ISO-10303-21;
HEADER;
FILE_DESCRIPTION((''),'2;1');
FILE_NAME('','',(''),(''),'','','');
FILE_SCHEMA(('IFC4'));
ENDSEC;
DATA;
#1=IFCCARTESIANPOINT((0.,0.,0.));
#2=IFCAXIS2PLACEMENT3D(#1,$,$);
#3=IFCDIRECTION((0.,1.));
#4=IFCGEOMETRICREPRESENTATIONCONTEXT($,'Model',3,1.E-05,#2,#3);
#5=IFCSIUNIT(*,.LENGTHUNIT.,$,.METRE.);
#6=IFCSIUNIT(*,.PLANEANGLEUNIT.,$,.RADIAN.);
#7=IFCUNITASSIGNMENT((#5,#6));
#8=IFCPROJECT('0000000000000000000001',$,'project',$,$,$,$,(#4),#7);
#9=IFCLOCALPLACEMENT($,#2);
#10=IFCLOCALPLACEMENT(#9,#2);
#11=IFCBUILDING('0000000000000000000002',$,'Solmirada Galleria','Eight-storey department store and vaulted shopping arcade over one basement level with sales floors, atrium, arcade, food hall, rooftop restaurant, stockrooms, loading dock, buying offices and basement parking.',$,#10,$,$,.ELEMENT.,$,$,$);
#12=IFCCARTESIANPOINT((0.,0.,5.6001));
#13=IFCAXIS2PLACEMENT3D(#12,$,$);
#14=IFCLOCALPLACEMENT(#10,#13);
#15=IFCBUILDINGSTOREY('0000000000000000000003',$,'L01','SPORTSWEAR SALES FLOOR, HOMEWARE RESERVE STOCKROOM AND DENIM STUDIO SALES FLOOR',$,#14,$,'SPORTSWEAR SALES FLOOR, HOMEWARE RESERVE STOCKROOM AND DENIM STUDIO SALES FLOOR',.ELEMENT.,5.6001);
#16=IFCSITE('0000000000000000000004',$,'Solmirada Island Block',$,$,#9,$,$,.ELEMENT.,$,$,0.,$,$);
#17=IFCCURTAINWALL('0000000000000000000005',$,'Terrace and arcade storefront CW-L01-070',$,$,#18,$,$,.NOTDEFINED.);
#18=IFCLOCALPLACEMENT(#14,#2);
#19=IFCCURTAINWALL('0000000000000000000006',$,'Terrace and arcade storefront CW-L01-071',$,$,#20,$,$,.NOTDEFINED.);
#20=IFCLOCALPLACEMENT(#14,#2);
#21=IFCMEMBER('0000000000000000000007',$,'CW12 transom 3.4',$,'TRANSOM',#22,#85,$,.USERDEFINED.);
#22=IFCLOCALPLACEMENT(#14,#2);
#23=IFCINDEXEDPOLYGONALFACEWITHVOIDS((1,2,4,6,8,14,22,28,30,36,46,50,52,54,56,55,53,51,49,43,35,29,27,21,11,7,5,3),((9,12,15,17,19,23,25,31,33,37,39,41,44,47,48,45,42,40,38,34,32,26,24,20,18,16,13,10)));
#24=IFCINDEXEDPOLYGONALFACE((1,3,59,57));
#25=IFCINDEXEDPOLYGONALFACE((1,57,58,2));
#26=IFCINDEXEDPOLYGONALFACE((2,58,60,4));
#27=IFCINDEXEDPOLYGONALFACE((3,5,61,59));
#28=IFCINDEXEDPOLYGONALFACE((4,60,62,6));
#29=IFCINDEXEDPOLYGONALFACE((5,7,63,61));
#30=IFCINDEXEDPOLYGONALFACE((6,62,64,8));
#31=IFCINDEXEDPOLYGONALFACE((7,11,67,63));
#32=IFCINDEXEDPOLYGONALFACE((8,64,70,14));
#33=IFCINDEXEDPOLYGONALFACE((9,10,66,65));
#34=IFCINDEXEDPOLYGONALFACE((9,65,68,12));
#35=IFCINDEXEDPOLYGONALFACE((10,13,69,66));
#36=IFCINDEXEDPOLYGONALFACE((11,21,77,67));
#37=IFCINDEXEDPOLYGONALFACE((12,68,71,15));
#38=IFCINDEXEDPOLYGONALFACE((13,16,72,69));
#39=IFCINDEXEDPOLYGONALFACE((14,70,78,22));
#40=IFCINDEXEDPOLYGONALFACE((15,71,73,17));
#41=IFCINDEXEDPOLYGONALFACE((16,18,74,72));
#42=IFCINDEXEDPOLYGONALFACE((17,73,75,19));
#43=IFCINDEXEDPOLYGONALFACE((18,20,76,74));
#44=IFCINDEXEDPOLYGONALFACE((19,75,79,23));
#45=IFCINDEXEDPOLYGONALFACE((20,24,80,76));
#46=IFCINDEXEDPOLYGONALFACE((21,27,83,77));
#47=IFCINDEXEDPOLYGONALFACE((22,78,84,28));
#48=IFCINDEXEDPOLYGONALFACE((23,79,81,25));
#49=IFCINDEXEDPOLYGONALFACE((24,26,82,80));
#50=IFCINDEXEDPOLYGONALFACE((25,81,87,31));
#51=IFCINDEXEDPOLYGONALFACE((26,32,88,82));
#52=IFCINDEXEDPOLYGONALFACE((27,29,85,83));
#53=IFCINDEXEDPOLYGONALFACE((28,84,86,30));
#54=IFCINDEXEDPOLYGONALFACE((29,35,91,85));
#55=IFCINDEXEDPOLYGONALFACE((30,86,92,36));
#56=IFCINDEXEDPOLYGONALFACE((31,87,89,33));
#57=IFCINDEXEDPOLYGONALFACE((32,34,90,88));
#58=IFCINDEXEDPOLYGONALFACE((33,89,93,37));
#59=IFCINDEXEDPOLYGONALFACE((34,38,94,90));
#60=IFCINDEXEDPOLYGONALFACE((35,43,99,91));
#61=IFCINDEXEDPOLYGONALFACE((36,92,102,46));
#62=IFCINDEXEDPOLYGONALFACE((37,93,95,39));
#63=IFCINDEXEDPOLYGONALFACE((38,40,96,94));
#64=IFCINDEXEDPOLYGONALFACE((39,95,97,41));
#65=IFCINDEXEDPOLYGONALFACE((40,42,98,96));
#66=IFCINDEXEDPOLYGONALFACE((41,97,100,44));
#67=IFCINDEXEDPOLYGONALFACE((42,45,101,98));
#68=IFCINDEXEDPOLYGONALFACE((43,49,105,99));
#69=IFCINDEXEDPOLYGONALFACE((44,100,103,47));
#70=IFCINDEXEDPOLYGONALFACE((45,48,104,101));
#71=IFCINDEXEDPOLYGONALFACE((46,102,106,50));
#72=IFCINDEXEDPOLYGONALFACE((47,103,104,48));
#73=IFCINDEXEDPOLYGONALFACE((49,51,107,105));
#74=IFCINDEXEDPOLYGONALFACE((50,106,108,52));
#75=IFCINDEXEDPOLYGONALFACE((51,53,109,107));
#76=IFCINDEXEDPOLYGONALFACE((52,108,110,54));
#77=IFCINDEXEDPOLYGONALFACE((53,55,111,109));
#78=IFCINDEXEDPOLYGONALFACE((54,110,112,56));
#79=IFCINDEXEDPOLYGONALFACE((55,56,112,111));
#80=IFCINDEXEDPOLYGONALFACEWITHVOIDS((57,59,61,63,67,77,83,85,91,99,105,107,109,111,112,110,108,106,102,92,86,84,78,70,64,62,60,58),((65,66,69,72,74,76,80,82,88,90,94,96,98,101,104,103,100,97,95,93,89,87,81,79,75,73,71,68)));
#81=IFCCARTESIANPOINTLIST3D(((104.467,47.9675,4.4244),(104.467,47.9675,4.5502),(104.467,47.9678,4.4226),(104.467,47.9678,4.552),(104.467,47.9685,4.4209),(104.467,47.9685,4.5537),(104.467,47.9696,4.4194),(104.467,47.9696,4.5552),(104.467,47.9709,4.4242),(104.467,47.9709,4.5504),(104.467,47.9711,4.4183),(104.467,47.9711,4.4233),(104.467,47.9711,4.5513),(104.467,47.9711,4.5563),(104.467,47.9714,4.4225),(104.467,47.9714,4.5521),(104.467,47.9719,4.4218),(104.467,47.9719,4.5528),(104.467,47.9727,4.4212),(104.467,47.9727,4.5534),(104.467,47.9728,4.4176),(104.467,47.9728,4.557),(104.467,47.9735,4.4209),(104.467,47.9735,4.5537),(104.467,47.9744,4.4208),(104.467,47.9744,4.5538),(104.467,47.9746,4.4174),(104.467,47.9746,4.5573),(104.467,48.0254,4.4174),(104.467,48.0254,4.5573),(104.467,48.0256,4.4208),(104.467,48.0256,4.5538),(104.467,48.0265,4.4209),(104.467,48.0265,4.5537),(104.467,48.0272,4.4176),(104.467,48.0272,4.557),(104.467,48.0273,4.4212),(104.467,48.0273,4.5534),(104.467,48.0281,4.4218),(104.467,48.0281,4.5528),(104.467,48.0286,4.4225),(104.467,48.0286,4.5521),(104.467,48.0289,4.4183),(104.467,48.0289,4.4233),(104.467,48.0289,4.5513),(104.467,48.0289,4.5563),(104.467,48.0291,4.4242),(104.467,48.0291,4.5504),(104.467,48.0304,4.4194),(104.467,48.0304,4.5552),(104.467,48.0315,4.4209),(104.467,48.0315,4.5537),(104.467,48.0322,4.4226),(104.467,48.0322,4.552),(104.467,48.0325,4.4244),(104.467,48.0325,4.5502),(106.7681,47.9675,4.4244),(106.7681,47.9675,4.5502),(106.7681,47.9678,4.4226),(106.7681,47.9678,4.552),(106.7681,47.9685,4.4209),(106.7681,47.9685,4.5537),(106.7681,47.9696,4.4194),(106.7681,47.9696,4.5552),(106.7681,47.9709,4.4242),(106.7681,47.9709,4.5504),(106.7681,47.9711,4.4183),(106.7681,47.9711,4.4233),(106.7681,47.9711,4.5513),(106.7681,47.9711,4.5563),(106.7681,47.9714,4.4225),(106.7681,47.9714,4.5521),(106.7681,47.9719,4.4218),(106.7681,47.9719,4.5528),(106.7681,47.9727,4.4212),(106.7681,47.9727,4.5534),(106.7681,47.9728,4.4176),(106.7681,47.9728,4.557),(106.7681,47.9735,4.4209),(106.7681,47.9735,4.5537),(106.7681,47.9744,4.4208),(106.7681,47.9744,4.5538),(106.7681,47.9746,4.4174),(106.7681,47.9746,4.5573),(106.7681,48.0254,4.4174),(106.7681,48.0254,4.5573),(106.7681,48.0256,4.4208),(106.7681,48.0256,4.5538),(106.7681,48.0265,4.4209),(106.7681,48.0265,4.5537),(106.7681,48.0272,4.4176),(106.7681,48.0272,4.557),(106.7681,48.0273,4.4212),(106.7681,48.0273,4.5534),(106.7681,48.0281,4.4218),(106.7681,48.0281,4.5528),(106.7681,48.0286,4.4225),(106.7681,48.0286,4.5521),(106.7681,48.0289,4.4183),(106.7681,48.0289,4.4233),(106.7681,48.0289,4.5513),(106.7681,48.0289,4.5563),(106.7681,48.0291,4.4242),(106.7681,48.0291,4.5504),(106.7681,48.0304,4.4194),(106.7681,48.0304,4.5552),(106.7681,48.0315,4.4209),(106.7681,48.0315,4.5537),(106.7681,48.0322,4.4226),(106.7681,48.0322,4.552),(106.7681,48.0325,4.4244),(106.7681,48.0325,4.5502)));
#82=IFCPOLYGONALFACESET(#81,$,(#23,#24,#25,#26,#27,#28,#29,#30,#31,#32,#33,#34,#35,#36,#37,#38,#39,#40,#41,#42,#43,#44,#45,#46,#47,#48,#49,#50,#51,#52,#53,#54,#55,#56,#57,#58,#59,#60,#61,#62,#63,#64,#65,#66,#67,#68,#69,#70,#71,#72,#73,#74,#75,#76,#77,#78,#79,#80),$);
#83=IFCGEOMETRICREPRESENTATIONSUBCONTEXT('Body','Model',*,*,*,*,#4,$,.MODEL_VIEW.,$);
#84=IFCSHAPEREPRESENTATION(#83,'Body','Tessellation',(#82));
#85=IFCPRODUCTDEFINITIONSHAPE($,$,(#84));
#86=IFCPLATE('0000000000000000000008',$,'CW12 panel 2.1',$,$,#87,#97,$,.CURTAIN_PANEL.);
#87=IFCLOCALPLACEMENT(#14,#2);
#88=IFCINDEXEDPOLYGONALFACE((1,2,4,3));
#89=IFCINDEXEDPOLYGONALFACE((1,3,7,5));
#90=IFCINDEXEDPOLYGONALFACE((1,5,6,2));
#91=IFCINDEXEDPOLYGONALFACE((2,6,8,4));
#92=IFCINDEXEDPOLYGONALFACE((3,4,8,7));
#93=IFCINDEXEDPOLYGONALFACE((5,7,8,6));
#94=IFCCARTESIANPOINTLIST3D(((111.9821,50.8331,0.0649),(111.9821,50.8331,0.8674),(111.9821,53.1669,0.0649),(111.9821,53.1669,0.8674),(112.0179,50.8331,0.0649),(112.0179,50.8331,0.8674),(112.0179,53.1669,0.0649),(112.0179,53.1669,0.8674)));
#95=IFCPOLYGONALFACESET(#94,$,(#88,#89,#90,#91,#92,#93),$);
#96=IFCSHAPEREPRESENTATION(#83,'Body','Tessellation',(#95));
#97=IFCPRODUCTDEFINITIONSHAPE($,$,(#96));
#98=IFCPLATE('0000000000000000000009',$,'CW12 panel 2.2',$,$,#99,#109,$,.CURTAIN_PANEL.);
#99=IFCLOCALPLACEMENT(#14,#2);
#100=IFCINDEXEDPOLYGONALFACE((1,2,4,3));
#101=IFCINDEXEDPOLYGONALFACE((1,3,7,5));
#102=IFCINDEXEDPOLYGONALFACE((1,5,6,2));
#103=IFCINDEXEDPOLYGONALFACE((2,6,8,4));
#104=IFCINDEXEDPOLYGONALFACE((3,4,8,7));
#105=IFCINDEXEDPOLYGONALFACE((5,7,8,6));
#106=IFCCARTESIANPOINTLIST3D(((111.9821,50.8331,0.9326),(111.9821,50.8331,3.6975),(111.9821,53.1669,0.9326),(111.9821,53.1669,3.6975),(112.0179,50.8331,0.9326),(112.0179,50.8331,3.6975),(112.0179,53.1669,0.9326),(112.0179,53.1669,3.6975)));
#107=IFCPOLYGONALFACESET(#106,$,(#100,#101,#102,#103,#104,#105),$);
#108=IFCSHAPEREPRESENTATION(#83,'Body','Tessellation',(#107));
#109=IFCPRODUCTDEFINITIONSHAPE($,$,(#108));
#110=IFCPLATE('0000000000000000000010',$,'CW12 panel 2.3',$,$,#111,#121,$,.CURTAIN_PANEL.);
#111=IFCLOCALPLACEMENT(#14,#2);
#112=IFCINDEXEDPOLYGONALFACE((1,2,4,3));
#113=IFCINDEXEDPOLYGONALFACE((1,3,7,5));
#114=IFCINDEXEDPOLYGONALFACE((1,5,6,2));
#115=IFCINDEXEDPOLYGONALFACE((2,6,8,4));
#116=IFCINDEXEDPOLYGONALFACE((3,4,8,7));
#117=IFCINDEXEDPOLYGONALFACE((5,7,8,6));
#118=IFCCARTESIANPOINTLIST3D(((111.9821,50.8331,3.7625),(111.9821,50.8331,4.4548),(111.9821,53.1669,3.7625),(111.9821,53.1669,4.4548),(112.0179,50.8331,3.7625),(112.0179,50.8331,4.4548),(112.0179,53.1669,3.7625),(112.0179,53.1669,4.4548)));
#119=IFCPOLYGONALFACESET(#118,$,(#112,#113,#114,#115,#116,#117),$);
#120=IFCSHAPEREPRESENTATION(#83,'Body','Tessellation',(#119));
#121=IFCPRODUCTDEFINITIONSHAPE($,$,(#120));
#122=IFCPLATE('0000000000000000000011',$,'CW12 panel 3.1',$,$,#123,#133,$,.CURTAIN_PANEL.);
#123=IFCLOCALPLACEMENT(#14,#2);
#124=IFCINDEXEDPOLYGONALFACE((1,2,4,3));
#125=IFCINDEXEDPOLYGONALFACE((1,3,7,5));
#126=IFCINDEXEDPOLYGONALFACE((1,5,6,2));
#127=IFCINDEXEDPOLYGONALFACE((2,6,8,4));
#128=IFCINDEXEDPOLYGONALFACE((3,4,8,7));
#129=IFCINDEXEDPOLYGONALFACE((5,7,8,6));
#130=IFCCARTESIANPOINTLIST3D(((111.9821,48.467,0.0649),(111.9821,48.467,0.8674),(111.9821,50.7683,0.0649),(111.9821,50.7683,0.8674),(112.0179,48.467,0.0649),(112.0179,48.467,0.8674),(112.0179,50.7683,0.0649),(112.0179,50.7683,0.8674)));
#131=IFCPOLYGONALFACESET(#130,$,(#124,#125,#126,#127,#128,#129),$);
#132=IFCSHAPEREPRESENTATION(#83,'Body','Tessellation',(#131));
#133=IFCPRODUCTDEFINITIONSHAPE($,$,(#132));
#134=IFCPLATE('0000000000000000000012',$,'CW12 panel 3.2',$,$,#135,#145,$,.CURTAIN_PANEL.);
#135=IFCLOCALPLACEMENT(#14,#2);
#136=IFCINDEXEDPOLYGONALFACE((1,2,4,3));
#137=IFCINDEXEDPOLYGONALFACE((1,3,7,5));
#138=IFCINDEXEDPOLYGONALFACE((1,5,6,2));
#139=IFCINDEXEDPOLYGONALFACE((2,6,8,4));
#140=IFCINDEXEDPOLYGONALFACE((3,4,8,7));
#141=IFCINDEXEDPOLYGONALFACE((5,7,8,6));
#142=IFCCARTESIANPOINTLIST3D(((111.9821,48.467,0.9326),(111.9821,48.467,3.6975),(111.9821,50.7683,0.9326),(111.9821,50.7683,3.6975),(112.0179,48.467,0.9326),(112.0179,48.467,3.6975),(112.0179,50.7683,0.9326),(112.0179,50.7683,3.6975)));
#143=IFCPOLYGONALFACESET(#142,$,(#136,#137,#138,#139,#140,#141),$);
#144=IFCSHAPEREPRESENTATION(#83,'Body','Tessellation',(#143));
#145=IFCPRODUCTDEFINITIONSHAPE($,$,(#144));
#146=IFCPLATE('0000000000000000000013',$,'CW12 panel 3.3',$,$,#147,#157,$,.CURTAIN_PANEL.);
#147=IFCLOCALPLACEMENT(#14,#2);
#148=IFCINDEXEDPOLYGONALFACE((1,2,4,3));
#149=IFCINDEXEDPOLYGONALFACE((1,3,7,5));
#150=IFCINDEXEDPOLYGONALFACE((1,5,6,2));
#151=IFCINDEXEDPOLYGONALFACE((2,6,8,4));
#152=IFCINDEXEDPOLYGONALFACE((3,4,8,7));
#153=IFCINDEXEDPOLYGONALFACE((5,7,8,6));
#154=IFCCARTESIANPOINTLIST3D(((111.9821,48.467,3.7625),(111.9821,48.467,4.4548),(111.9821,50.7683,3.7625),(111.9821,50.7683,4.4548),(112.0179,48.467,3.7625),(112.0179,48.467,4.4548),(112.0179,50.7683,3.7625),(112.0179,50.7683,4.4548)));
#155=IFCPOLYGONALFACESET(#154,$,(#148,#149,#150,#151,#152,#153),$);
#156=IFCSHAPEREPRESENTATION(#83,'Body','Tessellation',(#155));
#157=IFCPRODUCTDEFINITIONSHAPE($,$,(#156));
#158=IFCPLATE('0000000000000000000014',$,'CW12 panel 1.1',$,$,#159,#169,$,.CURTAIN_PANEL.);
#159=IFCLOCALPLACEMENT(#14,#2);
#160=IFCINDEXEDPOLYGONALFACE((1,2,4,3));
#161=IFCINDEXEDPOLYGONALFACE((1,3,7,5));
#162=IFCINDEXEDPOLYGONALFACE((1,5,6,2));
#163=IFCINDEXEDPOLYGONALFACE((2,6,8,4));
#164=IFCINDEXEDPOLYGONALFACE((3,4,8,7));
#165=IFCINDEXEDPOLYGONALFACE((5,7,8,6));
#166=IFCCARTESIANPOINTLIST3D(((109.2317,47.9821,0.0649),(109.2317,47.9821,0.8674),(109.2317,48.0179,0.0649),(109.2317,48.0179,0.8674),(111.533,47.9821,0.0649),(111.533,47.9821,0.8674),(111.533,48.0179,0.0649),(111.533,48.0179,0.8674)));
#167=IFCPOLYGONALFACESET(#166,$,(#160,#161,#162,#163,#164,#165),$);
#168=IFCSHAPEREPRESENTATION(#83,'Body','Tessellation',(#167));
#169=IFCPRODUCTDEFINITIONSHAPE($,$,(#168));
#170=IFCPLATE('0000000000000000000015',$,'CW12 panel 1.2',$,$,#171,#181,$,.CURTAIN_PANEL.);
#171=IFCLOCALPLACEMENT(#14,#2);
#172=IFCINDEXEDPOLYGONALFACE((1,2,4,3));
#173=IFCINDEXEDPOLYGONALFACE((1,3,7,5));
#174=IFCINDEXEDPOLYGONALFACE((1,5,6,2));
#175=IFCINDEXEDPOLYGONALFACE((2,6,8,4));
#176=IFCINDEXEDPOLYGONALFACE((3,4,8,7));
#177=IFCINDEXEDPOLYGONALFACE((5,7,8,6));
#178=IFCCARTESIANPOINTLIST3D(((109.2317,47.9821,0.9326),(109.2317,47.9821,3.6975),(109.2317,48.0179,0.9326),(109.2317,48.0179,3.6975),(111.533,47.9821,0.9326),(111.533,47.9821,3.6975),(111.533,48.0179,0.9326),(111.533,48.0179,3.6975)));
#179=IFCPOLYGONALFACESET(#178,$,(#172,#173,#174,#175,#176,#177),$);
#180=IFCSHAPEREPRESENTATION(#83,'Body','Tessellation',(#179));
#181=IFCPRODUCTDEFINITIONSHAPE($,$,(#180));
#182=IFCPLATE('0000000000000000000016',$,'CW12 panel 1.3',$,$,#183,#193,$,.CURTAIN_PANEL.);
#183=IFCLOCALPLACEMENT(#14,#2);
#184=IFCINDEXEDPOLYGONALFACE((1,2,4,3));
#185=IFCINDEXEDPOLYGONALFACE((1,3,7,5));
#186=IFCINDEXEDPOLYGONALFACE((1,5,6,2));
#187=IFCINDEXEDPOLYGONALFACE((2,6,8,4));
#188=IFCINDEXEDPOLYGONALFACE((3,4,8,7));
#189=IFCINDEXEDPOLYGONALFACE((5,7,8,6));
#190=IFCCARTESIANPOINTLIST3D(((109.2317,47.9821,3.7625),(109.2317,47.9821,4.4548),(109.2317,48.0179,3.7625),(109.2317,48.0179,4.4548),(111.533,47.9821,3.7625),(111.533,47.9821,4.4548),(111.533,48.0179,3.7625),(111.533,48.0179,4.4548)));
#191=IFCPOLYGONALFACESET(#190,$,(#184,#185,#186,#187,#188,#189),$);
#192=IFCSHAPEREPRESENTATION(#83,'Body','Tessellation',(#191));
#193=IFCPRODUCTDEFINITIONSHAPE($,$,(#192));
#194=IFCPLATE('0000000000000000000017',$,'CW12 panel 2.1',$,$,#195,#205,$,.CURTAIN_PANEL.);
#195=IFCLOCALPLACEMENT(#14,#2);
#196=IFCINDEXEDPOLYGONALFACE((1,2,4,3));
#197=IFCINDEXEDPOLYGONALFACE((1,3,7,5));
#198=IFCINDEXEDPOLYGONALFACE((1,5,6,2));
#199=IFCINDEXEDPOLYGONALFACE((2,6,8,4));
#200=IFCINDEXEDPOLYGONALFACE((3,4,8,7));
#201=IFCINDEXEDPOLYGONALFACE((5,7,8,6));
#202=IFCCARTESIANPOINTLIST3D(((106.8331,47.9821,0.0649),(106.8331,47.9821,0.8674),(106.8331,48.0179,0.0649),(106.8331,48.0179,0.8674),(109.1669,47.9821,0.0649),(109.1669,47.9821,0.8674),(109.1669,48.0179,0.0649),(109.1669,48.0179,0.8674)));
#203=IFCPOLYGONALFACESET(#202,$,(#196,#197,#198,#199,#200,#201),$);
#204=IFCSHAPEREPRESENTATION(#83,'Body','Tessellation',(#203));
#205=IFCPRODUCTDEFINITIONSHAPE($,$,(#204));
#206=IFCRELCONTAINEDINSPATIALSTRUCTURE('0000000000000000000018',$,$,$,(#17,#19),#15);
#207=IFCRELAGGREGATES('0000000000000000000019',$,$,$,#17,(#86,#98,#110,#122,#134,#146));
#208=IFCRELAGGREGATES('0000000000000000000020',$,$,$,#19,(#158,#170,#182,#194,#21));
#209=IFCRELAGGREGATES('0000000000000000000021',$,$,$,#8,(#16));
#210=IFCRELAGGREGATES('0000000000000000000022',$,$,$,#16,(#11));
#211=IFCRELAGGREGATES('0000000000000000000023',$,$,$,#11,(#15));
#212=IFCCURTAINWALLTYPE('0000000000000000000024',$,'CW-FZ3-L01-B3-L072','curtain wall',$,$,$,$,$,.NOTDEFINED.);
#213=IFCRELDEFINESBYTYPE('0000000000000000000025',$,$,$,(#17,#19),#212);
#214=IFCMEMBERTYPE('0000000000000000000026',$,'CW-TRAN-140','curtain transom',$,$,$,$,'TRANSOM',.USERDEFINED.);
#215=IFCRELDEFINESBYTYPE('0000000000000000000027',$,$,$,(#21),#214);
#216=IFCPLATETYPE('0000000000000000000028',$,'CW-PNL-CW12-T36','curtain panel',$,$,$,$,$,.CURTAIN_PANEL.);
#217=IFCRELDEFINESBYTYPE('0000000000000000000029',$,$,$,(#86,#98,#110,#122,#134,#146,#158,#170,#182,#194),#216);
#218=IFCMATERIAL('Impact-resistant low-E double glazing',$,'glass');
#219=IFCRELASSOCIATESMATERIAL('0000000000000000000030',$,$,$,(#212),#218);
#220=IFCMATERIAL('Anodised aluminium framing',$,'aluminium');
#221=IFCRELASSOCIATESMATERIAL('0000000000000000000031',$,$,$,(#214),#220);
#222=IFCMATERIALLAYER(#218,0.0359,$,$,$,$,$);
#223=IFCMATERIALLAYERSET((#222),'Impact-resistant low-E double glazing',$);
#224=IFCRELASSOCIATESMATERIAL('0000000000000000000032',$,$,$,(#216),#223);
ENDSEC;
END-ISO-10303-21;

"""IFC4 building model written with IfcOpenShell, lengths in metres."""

from ifc_helpers import new_model, si_unit, direction, frame, origin, origin_2d, place, context, subcontext, project, spatial, rectangle, hollow_rectangle, extrude, material, layer, layer_set, material_profile, profile_set, type_object, element, aggregate, save


model = new_model("IFC4")

# Units and contexts
model_context = context("Model", 3, precision=1e-05, world=origin(), true_north=direction((0.0, 1.0)))
body_context = subcontext(model_context, "Body", "Model", "MODEL_VIEW")
ifc_project = project(units=[si_unit("LENGTHUNIT", "METRE"), si_unit("PLANEANGLEUNIT", "RADIAN")], contexts=[model_context])

# Site, building, storey
site_placement = place(None, origin())
site = spatial("IfcSite", under=ifc_project, at=site_placement, Name="Solmirada Island Block", CompositionType="ELEMENT", RefElevation=0.0)
building_placement = place(site_placement, origin())
building = spatial("IfcBuilding", under=site, at=building_placement, Name="Solmirada Galleria", Description="Eight-storey department store and vaulted shopping arcade over one basement level with sales floors, atrium, arcade, food hall, rooftop restaurant, stockrooms, loading dock, buying offices and basement parking.", CompositionType="ELEMENT")
storey_placement = place(building_placement, frame((0.0, 0.0, 5.6001)))
storey = spatial("IfcBuildingStorey", under=building, at=storey_placement, Name="L01", Description="SPORTSWEAR SALES FLOOR, HOMEWARE RESERVE STOCKROOM AND DENIM STUDIO SALES FLOOR", LongName="SPORTSWEAR SALES FLOOR, HOMEWARE RESERVE STOCKROOM AND DENIM STUDIO SALES FLOOR", CompositionType="ELEMENT", Elevation=5.6001)

# Curtain walls
ifc_material_1 = material(Name="Impact-resistant low-E double glazing", Category="glass")
curtain_wall_type = type_object("IfcCurtainWallType", Name="CW-FZ3-L01-B3-L072", Description="curtain wall", PredefinedType="NOTDEFINED", material=ifc_material_1)
curtain_wall_1_placement = place(storey_placement, origin())
curtain_wall_1 = element("IfcCurtainWall", 1, at=curtain_wall_1_placement, inside=storey, type_object=curtain_wall_type, Name="Terrace and arcade storefront CW-L01-070", PredefinedType="NOTDEFINED")
ifc_material_2 = material(Name="Anodised aluminium framing", Category="aluminium")
curtain_wall_2_placement = place(storey_placement, origin())
curtain_wall_2 = element("IfcCurtainWall", 2, at=curtain_wall_2_placement, inside=storey, type_object=curtain_wall_type, Name="Terrace and arcade storefront CW-L01-071", PredefinedType="NOTDEFINED")

# Member
ifc_material_profile_1 = material_profile(ifc_material_2, hollow_rectangle(XDim=0.0649, YDim=0.1399, WallThickness=0.0034, InnerFilletRadius=0.0034, OuterFilletRadius=0.0071, at=origin_2d()), Name="ALU-TRAN-140X65")
ifc_profile_set_1 = profile_set([ifc_material_profile_1], Name="Anodised aluminium framing")
member_type_1 = type_object("IfcMemberType", Name="CW-TRAN-140", Description="curtain transom", ElementType="TRANSOM", PredefinedType="USERDEFINED", material=ifc_profile_set_1)
member_1_placement = place(storey_placement, frame((106.7681, 48.0, 4.4873), z_axis=(-1.0, 0.0, 0.0), x_axis=(0.0, -1.0, 0.0)))
member_1 = element("IfcMember", 3, at=member_1_placement, type_object=member_type_1, Name="CW12 transom 3.4", ObjectType="TRANSOM", PredefinedType="USERDEFINED", context=body_context, shape_type="SweptSolid", body=[
    extrude(hollow_rectangle(XDim=0.0649, YDim=0.1399, WallThickness=0.0034, InnerFilletRadius=0.0034, OuterFilletRadius=0.0071, at=origin_2d()), origin(), (0.0, 0.0, 1.0), 2.301),
])

# Plates
ifc_layer = layer(ifc_material_1, 0.0359)
ifc_layer_set = layer_set([ifc_layer], Name="Impact-resistant low-E double glazing")
plate_type = type_object("IfcPlateType", Name="CW-PNL-CW12-T36", Description="curtain panel", PredefinedType="CURTAIN_PANEL", material=ifc_layer_set)
plate_1_placement = place(storey_placement, frame((112.0, 52.0, 0.0649), z_axis=(0.0, 0.0, 1.0), x_axis=(0.0, -1.0, 0.0)))
plate_1 = element("IfcPlate", 4, at=plate_1_placement, type_object=plate_type, Name="CW12 panel 2.1", PredefinedType="CURTAIN_PANEL", context=body_context, shape_type="SweptSolid", body=[
    extrude(rectangle(XDim=2.3337, YDim=0.0359, at=origin_2d()), origin(), (0.0, 0.0, 1.0), 0.8025),
])
plate_2_placement = place(storey_placement, frame((112.0, 52.0, 0.9326), z_axis=(0.0, 0.0, 1.0), x_axis=(0.0, -1.0, 0.0)))
plate_2 = element("IfcPlate", 5, at=plate_2_placement, type_object=plate_type, Name="CW12 panel 2.2", PredefinedType="CURTAIN_PANEL", context=body_context, shape_type="SweptSolid", body=[
    extrude(rectangle(XDim=2.3337, YDim=0.0359, at=origin_2d()), origin(), (0.0, 0.0, 1.0), 2.7649),
])
plate_3_placement = place(storey_placement, frame((112.0, 52.0, 3.7625), z_axis=(0.0, 0.0, 1.0), x_axis=(0.0, -1.0, 0.0)))
plate_3 = element("IfcPlate", 6, at=plate_3_placement, type_object=plate_type, Name="CW12 panel 2.3", PredefinedType="CURTAIN_PANEL", context=body_context, shape_type="SweptSolid", body=[
    extrude(rectangle(XDim=2.3337, YDim=0.0359, at=origin_2d()), origin(), (0.0, 0.0, 1.0), 0.6924),
])
plate_4_placement = place(storey_placement, frame((112.0, 49.6177, 0.0649), z_axis=(0.0, 0.0, 1.0), x_axis=(0.0, -1.0, 0.0)))
plate_4 = element("IfcPlate", 7, at=plate_4_placement, type_object=plate_type, Name="CW12 panel 3.1", PredefinedType="CURTAIN_PANEL", context=body_context, shape_type="SweptSolid", body=[
    extrude(rectangle(XDim=2.3013, YDim=0.0359, at=origin_2d()), origin(), (0.0, 0.0, 1.0), 0.8025),
])
plate_5_placement = place(storey_placement, frame((112.0, 49.6177, 0.9326), z_axis=(0.0, 0.0, 1.0), x_axis=(0.0, -1.0, 0.0)))
plate_5 = element("IfcPlate", 8, at=plate_5_placement, type_object=plate_type, Name="CW12 panel 3.2", PredefinedType="CURTAIN_PANEL", context=body_context, shape_type="SweptSolid", body=[
    extrude(rectangle(XDim=2.3013, YDim=0.0359, at=origin_2d()), origin(), (0.0, 0.0, 1.0), 2.7649),
])
plate_6_placement = place(storey_placement, frame((112.0, 49.6177, 3.7625), z_axis=(0.0, 0.0, 1.0), x_axis=(0.0, -1.0, 0.0)))
plate_6 = element("IfcPlate", 9, at=plate_6_placement, type_object=plate_type, Name="CW12 panel 3.3", PredefinedType="CURTAIN_PANEL", context=body_context, shape_type="SweptSolid", body=[
    extrude(rectangle(XDim=2.3013, YDim=0.0359, at=origin_2d()), origin(), (0.0, 0.0, 1.0), 0.6924),
])
aggregate(curtain_wall_1, [plate_1, plate_2, plate_3, plate_4, plate_5, plate_6])
plate_7_placement = place(storey_placement, frame((110.3823, 48.0, 0.0649), z_axis=(0.0, 0.0, 1.0), x_axis=(-1.0, 0.0, 0.0)))
plate_7 = element("IfcPlate", 10, at=plate_7_placement, type_object=plate_type, Name="CW12 panel 1.1", PredefinedType="CURTAIN_PANEL", context=body_context, shape_type="SweptSolid", body=[
    extrude(rectangle(XDim=2.3013, YDim=0.0359, at=origin_2d()), origin(), (0.0, 0.0, 1.0), 0.8025),
])
plate_8_placement = place(storey_placement, frame((110.3823, 48.0, 0.9326), z_axis=(0.0, 0.0, 1.0), x_axis=(-1.0, 0.0, 0.0)))
plate_8 = element("IfcPlate", 11, at=plate_8_placement, type_object=plate_type, Name="CW12 panel 1.2", PredefinedType="CURTAIN_PANEL", context=body_context, shape_type="SweptSolid", body=[
    extrude(rectangle(XDim=2.3013, YDim=0.0359, at=origin_2d()), origin(), (0.0, 0.0, 1.0), 2.7649),
])
plate_9_placement = place(storey_placement, frame((110.3823, 48.0, 3.7625), z_axis=(0.0, 0.0, 1.0), x_axis=(-1.0, 0.0, 0.0)))
plate_9 = element("IfcPlate", 12, at=plate_9_placement, type_object=plate_type, Name="CW12 panel 1.3", PredefinedType="CURTAIN_PANEL", context=body_context, shape_type="SweptSolid", body=[
    extrude(rectangle(XDim=2.3013, YDim=0.0359, at=origin_2d()), origin(), (0.0, 0.0, 1.0), 0.6924),
])
plate_10_placement = place(storey_placement, frame((108.0, 48.0, 0.0649), z_axis=(0.0, 0.0, 1.0), x_axis=(-1.0, 0.0, 0.0)))
plate_10 = element("IfcPlate", 13, at=plate_10_placement, type_object=plate_type, Name="CW12 panel 2.1", PredefinedType="CURTAIN_PANEL", context=body_context, shape_type="SweptSolid", body=[
    extrude(rectangle(XDim=2.3337, YDim=0.0359, at=origin_2d()), origin(), (0.0, 0.0, 1.0), 0.8025),
])
aggregate(curtain_wall_2, [plate_7, plate_8, plate_9, plate_10, member_1])

save(model, "model.ifc")
